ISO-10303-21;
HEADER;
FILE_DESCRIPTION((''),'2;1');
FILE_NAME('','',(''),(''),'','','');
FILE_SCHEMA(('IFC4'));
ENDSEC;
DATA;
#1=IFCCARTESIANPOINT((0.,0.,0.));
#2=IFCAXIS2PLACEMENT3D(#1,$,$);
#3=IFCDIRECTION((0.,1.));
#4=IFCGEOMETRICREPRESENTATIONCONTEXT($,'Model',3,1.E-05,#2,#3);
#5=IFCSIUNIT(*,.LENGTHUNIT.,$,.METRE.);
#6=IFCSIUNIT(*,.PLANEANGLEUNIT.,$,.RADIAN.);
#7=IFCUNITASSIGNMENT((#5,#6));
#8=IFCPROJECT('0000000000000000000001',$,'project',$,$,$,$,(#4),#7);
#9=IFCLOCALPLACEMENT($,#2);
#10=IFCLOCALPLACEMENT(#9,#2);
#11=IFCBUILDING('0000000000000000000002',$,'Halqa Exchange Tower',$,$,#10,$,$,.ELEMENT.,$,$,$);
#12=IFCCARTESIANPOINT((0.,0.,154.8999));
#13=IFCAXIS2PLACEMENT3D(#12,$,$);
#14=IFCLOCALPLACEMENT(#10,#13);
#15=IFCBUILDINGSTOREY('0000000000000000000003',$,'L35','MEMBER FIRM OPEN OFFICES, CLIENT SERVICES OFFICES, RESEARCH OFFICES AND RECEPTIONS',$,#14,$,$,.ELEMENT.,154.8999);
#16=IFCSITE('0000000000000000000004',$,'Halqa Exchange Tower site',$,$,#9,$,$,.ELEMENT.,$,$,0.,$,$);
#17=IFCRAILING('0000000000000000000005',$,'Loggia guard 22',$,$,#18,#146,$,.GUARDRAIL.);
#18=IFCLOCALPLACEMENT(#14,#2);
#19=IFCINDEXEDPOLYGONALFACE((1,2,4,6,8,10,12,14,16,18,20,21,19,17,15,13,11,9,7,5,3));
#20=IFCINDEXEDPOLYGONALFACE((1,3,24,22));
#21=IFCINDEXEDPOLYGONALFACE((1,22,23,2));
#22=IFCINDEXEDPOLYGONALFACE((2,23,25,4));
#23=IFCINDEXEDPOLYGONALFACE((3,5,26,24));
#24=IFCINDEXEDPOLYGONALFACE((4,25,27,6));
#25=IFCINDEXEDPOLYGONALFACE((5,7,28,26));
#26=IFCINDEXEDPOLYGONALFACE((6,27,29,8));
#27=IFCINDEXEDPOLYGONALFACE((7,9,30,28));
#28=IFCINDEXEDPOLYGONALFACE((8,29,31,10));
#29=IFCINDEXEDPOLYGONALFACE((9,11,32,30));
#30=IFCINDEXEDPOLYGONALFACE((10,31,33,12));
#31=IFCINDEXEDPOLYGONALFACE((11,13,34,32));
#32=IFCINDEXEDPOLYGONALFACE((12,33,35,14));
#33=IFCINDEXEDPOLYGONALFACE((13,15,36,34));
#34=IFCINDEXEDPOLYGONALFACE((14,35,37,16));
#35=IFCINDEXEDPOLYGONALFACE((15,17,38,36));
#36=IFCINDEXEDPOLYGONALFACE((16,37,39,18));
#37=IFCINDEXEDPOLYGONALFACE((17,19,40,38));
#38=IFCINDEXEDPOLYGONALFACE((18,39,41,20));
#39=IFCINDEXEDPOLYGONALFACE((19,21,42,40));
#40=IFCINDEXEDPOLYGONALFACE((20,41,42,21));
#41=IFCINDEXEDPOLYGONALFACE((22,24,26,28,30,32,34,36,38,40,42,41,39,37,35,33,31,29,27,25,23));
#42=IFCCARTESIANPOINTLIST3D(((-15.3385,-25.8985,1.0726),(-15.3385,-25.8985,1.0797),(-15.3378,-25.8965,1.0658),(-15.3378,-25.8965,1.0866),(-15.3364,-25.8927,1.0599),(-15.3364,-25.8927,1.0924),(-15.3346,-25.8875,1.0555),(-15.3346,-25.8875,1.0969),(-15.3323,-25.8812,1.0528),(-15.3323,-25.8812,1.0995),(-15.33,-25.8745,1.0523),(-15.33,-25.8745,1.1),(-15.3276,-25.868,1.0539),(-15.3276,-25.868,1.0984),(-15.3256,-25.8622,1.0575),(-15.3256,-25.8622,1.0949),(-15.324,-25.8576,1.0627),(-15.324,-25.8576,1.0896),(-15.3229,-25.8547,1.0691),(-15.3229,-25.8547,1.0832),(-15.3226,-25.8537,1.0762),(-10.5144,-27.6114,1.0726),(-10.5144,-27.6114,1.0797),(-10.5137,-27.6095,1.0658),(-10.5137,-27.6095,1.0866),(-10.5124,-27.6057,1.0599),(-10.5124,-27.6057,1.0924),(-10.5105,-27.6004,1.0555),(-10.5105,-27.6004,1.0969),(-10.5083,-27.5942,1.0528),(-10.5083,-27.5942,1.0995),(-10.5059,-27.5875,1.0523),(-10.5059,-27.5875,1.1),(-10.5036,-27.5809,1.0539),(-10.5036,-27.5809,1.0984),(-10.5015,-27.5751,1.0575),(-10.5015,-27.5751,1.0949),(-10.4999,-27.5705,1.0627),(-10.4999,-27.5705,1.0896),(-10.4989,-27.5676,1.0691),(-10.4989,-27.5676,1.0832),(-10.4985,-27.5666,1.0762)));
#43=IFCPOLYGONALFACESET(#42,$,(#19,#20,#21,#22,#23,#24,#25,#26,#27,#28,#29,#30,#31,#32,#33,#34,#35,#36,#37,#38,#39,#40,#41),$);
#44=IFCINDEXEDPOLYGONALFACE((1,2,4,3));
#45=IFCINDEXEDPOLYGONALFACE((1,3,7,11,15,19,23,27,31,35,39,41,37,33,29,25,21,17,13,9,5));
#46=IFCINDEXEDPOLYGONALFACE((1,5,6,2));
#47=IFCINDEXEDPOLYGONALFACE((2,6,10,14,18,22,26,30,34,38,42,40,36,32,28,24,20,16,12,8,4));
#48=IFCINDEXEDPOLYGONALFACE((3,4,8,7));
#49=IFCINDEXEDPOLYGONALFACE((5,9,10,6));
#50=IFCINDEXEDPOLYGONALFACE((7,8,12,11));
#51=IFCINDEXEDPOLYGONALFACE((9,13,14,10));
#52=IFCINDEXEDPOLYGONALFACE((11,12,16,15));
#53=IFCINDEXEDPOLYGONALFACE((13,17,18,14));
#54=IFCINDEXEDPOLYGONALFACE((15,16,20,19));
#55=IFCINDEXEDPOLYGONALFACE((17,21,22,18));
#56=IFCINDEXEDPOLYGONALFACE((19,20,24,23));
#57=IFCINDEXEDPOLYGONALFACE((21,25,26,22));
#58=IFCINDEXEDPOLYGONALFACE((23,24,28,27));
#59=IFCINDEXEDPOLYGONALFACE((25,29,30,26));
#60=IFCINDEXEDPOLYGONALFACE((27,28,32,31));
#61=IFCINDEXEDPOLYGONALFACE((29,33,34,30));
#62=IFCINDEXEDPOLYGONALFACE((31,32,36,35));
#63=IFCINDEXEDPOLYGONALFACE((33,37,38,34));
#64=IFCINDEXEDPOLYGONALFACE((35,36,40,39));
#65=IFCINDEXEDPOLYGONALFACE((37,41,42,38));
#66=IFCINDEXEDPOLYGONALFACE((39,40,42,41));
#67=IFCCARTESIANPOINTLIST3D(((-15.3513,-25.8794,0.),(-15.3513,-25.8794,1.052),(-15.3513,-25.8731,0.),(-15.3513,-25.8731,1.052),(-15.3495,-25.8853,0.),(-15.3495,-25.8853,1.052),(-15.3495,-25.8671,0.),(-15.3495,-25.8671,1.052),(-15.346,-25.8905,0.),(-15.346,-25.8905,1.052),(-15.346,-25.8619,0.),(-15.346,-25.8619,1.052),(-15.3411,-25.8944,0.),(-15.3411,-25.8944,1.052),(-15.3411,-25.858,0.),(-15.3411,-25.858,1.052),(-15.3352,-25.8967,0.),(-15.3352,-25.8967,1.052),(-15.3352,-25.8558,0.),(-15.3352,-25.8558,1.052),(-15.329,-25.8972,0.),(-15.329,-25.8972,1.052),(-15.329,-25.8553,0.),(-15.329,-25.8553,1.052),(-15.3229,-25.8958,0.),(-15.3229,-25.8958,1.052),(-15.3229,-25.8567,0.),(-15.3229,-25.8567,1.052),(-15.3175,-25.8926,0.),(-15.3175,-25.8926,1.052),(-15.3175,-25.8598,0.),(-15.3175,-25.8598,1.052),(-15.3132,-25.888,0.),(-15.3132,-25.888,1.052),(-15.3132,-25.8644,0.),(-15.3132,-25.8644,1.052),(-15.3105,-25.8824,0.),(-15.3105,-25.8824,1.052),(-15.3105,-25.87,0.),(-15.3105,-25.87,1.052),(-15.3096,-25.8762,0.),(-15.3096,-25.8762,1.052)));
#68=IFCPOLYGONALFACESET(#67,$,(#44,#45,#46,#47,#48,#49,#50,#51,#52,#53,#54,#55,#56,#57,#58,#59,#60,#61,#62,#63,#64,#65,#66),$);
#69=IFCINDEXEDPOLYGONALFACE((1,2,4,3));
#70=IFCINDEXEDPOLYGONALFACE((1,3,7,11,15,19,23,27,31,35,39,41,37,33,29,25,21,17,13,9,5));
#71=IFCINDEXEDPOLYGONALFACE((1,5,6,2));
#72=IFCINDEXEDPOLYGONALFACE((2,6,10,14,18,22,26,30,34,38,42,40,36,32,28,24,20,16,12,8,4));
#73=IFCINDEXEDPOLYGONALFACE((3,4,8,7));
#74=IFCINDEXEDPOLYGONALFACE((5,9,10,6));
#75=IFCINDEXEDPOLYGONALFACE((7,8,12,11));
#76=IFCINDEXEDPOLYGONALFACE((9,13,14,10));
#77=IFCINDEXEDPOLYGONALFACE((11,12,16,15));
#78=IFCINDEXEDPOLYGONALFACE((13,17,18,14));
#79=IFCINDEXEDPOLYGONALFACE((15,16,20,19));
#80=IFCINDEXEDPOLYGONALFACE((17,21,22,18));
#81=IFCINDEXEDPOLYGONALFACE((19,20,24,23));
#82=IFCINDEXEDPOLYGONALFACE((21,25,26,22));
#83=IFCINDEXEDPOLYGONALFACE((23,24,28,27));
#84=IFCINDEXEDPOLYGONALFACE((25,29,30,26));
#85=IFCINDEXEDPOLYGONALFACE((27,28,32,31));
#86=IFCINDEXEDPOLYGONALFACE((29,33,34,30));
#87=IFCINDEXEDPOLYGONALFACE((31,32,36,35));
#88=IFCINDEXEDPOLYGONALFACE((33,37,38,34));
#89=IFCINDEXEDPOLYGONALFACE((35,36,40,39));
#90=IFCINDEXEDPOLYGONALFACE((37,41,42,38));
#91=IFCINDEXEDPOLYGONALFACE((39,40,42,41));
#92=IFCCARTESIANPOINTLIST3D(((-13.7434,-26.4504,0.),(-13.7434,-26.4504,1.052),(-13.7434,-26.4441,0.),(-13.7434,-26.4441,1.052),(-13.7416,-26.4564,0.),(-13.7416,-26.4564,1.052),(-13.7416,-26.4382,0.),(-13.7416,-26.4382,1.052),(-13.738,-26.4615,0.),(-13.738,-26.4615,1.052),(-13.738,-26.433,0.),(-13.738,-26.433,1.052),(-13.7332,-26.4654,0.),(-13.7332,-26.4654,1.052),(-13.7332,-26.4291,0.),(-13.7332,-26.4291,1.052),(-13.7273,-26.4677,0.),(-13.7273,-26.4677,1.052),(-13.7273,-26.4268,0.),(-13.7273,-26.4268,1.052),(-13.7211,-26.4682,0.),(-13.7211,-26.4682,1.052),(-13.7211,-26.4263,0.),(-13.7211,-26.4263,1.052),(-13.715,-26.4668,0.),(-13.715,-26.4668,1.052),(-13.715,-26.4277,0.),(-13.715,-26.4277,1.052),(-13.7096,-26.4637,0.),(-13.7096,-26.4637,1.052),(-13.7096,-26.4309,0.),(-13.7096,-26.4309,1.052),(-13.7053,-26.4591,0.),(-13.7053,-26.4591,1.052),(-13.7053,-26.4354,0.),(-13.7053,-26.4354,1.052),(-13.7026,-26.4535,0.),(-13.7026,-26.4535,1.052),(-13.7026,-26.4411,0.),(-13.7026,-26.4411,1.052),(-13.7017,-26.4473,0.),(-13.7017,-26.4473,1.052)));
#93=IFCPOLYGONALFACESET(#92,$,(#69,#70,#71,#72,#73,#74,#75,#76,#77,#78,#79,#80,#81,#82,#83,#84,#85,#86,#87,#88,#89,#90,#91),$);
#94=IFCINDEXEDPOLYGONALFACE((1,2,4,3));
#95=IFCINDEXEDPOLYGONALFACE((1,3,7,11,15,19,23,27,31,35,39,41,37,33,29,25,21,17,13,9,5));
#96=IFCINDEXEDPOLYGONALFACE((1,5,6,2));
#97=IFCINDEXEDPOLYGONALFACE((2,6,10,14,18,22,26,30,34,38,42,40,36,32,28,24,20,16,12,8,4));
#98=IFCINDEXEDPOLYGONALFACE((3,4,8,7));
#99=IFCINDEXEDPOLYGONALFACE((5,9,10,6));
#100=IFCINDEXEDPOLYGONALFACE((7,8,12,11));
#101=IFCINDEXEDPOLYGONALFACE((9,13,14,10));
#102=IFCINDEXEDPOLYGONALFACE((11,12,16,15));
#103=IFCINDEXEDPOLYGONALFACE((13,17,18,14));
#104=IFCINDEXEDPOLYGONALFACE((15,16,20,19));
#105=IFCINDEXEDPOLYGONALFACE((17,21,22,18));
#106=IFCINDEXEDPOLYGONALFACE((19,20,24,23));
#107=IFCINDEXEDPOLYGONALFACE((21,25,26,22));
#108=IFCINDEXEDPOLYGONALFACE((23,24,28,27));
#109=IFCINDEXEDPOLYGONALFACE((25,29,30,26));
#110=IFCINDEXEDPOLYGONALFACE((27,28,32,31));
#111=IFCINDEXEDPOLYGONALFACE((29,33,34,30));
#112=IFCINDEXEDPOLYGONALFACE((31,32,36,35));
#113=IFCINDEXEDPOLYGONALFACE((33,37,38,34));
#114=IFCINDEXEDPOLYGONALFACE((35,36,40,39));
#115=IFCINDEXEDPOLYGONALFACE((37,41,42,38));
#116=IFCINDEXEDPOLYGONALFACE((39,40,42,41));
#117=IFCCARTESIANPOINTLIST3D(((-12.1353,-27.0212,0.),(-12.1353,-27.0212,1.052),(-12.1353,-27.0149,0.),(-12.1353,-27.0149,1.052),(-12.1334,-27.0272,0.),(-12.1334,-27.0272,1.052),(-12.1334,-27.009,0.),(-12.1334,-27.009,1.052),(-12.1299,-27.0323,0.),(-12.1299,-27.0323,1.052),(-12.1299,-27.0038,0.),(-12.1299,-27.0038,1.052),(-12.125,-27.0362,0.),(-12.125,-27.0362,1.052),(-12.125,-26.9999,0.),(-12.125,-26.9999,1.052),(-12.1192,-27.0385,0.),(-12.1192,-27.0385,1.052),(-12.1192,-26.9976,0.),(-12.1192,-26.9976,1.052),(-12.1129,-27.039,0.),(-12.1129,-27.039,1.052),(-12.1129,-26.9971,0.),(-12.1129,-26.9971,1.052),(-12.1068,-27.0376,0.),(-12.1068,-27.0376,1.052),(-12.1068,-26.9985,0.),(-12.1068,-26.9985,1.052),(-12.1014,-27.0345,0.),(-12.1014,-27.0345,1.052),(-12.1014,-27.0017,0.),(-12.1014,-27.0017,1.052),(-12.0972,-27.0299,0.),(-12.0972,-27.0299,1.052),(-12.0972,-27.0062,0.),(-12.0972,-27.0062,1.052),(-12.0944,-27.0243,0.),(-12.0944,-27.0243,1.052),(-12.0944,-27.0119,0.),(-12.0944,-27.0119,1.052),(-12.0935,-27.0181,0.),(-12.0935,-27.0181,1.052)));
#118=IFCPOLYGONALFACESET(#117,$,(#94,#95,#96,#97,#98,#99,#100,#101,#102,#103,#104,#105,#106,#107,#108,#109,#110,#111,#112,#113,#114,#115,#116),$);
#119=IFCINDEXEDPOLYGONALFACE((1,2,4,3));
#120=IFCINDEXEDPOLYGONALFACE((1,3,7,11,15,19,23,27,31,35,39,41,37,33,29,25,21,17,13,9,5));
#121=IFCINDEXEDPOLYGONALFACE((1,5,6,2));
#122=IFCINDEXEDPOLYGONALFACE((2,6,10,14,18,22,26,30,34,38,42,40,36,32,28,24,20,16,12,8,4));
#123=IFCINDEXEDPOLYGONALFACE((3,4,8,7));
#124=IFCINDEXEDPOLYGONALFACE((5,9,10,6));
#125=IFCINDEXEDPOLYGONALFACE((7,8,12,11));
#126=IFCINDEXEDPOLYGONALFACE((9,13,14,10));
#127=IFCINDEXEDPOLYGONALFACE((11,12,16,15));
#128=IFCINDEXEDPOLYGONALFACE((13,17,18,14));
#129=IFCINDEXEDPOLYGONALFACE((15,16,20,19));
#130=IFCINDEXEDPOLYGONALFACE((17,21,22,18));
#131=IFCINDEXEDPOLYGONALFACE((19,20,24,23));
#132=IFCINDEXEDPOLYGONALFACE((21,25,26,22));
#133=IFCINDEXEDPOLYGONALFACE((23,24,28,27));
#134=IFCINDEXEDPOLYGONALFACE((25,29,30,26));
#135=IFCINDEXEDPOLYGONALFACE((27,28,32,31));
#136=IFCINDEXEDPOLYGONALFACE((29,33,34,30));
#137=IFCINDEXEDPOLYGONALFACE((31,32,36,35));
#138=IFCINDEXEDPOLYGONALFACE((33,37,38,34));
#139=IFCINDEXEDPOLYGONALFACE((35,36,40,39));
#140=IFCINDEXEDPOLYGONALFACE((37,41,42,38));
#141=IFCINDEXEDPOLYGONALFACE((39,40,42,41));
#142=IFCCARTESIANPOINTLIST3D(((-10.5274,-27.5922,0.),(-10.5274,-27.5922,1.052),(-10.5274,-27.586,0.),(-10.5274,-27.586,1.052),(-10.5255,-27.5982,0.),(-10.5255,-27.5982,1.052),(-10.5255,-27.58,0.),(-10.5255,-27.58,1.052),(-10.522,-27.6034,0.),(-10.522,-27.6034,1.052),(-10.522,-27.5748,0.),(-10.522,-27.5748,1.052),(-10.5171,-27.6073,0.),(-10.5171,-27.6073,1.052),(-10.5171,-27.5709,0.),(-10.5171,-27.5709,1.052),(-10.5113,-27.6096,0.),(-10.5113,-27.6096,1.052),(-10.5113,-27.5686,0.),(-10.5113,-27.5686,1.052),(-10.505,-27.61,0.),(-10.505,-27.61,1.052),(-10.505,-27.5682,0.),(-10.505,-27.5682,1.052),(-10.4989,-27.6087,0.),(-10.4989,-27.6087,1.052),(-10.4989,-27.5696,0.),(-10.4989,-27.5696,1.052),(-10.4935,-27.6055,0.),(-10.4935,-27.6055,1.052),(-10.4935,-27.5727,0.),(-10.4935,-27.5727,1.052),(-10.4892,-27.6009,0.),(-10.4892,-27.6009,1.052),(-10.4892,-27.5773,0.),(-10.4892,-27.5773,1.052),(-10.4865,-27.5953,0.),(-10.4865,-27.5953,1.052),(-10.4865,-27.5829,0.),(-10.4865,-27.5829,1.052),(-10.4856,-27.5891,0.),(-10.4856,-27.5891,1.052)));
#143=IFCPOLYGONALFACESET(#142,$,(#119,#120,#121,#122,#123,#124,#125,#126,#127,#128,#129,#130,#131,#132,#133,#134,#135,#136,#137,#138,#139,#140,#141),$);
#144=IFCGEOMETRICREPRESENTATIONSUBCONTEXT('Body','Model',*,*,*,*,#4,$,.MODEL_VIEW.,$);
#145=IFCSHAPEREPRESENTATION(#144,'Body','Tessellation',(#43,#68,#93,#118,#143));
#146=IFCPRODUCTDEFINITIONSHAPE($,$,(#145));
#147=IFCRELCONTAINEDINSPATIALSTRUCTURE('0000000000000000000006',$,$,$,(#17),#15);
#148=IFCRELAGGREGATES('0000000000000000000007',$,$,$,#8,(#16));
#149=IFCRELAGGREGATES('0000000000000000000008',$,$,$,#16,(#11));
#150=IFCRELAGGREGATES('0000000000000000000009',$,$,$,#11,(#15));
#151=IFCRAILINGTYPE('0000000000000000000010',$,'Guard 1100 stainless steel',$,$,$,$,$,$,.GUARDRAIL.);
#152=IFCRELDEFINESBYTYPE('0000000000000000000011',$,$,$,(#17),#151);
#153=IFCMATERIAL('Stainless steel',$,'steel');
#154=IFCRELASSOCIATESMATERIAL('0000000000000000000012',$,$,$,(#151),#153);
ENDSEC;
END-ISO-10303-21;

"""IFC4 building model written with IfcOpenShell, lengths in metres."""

from ifc_helpers import new_model, si_unit, direction, frame, origin, origin_2d, place, context, subcontext, project, spatial, circle, extrude, material, type_object, element, save


model = new_model("IFC4")

# Units and contexts
model_context = context("Model", 3, precision=1e-05, world=origin(), true_north=direction((0.0, 1.0)))
body_context = subcontext(model_context, "Body", "Model", "MODEL_VIEW")
ifc_project = project(units=[si_unit("LENGTHUNIT", "METRE"), si_unit("PLANEANGLEUNIT", "RADIAN")], contexts=[model_context])

# Site, building, storey
site_placement = place(None, origin())
site = spatial("IfcSite", under=ifc_project, at=site_placement, Name="Halqa Exchange Tower site", CompositionType="ELEMENT", RefElevation=0.0)
building_placement = place(site_placement, origin())
building = spatial("IfcBuilding", under=site, at=building_placement, Name="Halqa Exchange Tower", CompositionType="ELEMENT")
storey_placement = place(building_placement, frame((0.0, 0.0, 154.8999)))
storey = spatial("IfcBuildingStorey", under=building, at=storey_placement, Name="L35", Description="MEMBER FIRM OPEN OFFICES, CLIENT SERVICES OFFICES, RESEARCH OFFICES AND RECEPTIONS", CompositionType="ELEMENT", Elevation=154.8999)

# Railing
ifc_material_1 = material(Name="Stainless steel", Category="steel")
railing_type = type_object("IfcRailingType", Name="Guard 1100 stainless steel", PredefinedType="GUARDRAIL", material=ifc_material_1)
railing_1_placement = place(storey_placement, frame((-15.3306, -25.8762, 0.0)))
element("IfcRailing", 1, at=railing_1_placement, inside=storey, type_object=railing_type, Name="Loggia guard 22", PredefinedType="GUARDRAIL", context=body_context, shape_type="SweptSolid", body=[
    extrude(circle(Radius=0.0239, at=origin_2d()), frame((0.0, 0.0, 1.0762), z_axis=(0.942356, -0.334611, 0.0), x_axis=(0.334611, 0.942356, 0.0)), (0.0, 0.0, 1.0), 5.1191),
    extrude(circle(Radius=0.021, at=origin_2d()), origin(), (0.0, 0.0, 1.0), 1.052),
    extrude(circle(Radius=0.021, at=origin_2d()), frame((1.6079, -0.571, 0.0)), (0.0, 0.0, 1.0), 1.052),
    extrude(circle(Radius=0.021, at=origin_2d()), frame((3.2161, -1.1418, 0.0)), (0.0, 0.0, 1.0), 1.052),
    extrude(circle(Radius=0.021, at=origin_2d()), frame((4.824, -1.7129, 0.0)), (0.0, 0.0, 1.0), 1.052),
])

save(model, "model.ifc")
